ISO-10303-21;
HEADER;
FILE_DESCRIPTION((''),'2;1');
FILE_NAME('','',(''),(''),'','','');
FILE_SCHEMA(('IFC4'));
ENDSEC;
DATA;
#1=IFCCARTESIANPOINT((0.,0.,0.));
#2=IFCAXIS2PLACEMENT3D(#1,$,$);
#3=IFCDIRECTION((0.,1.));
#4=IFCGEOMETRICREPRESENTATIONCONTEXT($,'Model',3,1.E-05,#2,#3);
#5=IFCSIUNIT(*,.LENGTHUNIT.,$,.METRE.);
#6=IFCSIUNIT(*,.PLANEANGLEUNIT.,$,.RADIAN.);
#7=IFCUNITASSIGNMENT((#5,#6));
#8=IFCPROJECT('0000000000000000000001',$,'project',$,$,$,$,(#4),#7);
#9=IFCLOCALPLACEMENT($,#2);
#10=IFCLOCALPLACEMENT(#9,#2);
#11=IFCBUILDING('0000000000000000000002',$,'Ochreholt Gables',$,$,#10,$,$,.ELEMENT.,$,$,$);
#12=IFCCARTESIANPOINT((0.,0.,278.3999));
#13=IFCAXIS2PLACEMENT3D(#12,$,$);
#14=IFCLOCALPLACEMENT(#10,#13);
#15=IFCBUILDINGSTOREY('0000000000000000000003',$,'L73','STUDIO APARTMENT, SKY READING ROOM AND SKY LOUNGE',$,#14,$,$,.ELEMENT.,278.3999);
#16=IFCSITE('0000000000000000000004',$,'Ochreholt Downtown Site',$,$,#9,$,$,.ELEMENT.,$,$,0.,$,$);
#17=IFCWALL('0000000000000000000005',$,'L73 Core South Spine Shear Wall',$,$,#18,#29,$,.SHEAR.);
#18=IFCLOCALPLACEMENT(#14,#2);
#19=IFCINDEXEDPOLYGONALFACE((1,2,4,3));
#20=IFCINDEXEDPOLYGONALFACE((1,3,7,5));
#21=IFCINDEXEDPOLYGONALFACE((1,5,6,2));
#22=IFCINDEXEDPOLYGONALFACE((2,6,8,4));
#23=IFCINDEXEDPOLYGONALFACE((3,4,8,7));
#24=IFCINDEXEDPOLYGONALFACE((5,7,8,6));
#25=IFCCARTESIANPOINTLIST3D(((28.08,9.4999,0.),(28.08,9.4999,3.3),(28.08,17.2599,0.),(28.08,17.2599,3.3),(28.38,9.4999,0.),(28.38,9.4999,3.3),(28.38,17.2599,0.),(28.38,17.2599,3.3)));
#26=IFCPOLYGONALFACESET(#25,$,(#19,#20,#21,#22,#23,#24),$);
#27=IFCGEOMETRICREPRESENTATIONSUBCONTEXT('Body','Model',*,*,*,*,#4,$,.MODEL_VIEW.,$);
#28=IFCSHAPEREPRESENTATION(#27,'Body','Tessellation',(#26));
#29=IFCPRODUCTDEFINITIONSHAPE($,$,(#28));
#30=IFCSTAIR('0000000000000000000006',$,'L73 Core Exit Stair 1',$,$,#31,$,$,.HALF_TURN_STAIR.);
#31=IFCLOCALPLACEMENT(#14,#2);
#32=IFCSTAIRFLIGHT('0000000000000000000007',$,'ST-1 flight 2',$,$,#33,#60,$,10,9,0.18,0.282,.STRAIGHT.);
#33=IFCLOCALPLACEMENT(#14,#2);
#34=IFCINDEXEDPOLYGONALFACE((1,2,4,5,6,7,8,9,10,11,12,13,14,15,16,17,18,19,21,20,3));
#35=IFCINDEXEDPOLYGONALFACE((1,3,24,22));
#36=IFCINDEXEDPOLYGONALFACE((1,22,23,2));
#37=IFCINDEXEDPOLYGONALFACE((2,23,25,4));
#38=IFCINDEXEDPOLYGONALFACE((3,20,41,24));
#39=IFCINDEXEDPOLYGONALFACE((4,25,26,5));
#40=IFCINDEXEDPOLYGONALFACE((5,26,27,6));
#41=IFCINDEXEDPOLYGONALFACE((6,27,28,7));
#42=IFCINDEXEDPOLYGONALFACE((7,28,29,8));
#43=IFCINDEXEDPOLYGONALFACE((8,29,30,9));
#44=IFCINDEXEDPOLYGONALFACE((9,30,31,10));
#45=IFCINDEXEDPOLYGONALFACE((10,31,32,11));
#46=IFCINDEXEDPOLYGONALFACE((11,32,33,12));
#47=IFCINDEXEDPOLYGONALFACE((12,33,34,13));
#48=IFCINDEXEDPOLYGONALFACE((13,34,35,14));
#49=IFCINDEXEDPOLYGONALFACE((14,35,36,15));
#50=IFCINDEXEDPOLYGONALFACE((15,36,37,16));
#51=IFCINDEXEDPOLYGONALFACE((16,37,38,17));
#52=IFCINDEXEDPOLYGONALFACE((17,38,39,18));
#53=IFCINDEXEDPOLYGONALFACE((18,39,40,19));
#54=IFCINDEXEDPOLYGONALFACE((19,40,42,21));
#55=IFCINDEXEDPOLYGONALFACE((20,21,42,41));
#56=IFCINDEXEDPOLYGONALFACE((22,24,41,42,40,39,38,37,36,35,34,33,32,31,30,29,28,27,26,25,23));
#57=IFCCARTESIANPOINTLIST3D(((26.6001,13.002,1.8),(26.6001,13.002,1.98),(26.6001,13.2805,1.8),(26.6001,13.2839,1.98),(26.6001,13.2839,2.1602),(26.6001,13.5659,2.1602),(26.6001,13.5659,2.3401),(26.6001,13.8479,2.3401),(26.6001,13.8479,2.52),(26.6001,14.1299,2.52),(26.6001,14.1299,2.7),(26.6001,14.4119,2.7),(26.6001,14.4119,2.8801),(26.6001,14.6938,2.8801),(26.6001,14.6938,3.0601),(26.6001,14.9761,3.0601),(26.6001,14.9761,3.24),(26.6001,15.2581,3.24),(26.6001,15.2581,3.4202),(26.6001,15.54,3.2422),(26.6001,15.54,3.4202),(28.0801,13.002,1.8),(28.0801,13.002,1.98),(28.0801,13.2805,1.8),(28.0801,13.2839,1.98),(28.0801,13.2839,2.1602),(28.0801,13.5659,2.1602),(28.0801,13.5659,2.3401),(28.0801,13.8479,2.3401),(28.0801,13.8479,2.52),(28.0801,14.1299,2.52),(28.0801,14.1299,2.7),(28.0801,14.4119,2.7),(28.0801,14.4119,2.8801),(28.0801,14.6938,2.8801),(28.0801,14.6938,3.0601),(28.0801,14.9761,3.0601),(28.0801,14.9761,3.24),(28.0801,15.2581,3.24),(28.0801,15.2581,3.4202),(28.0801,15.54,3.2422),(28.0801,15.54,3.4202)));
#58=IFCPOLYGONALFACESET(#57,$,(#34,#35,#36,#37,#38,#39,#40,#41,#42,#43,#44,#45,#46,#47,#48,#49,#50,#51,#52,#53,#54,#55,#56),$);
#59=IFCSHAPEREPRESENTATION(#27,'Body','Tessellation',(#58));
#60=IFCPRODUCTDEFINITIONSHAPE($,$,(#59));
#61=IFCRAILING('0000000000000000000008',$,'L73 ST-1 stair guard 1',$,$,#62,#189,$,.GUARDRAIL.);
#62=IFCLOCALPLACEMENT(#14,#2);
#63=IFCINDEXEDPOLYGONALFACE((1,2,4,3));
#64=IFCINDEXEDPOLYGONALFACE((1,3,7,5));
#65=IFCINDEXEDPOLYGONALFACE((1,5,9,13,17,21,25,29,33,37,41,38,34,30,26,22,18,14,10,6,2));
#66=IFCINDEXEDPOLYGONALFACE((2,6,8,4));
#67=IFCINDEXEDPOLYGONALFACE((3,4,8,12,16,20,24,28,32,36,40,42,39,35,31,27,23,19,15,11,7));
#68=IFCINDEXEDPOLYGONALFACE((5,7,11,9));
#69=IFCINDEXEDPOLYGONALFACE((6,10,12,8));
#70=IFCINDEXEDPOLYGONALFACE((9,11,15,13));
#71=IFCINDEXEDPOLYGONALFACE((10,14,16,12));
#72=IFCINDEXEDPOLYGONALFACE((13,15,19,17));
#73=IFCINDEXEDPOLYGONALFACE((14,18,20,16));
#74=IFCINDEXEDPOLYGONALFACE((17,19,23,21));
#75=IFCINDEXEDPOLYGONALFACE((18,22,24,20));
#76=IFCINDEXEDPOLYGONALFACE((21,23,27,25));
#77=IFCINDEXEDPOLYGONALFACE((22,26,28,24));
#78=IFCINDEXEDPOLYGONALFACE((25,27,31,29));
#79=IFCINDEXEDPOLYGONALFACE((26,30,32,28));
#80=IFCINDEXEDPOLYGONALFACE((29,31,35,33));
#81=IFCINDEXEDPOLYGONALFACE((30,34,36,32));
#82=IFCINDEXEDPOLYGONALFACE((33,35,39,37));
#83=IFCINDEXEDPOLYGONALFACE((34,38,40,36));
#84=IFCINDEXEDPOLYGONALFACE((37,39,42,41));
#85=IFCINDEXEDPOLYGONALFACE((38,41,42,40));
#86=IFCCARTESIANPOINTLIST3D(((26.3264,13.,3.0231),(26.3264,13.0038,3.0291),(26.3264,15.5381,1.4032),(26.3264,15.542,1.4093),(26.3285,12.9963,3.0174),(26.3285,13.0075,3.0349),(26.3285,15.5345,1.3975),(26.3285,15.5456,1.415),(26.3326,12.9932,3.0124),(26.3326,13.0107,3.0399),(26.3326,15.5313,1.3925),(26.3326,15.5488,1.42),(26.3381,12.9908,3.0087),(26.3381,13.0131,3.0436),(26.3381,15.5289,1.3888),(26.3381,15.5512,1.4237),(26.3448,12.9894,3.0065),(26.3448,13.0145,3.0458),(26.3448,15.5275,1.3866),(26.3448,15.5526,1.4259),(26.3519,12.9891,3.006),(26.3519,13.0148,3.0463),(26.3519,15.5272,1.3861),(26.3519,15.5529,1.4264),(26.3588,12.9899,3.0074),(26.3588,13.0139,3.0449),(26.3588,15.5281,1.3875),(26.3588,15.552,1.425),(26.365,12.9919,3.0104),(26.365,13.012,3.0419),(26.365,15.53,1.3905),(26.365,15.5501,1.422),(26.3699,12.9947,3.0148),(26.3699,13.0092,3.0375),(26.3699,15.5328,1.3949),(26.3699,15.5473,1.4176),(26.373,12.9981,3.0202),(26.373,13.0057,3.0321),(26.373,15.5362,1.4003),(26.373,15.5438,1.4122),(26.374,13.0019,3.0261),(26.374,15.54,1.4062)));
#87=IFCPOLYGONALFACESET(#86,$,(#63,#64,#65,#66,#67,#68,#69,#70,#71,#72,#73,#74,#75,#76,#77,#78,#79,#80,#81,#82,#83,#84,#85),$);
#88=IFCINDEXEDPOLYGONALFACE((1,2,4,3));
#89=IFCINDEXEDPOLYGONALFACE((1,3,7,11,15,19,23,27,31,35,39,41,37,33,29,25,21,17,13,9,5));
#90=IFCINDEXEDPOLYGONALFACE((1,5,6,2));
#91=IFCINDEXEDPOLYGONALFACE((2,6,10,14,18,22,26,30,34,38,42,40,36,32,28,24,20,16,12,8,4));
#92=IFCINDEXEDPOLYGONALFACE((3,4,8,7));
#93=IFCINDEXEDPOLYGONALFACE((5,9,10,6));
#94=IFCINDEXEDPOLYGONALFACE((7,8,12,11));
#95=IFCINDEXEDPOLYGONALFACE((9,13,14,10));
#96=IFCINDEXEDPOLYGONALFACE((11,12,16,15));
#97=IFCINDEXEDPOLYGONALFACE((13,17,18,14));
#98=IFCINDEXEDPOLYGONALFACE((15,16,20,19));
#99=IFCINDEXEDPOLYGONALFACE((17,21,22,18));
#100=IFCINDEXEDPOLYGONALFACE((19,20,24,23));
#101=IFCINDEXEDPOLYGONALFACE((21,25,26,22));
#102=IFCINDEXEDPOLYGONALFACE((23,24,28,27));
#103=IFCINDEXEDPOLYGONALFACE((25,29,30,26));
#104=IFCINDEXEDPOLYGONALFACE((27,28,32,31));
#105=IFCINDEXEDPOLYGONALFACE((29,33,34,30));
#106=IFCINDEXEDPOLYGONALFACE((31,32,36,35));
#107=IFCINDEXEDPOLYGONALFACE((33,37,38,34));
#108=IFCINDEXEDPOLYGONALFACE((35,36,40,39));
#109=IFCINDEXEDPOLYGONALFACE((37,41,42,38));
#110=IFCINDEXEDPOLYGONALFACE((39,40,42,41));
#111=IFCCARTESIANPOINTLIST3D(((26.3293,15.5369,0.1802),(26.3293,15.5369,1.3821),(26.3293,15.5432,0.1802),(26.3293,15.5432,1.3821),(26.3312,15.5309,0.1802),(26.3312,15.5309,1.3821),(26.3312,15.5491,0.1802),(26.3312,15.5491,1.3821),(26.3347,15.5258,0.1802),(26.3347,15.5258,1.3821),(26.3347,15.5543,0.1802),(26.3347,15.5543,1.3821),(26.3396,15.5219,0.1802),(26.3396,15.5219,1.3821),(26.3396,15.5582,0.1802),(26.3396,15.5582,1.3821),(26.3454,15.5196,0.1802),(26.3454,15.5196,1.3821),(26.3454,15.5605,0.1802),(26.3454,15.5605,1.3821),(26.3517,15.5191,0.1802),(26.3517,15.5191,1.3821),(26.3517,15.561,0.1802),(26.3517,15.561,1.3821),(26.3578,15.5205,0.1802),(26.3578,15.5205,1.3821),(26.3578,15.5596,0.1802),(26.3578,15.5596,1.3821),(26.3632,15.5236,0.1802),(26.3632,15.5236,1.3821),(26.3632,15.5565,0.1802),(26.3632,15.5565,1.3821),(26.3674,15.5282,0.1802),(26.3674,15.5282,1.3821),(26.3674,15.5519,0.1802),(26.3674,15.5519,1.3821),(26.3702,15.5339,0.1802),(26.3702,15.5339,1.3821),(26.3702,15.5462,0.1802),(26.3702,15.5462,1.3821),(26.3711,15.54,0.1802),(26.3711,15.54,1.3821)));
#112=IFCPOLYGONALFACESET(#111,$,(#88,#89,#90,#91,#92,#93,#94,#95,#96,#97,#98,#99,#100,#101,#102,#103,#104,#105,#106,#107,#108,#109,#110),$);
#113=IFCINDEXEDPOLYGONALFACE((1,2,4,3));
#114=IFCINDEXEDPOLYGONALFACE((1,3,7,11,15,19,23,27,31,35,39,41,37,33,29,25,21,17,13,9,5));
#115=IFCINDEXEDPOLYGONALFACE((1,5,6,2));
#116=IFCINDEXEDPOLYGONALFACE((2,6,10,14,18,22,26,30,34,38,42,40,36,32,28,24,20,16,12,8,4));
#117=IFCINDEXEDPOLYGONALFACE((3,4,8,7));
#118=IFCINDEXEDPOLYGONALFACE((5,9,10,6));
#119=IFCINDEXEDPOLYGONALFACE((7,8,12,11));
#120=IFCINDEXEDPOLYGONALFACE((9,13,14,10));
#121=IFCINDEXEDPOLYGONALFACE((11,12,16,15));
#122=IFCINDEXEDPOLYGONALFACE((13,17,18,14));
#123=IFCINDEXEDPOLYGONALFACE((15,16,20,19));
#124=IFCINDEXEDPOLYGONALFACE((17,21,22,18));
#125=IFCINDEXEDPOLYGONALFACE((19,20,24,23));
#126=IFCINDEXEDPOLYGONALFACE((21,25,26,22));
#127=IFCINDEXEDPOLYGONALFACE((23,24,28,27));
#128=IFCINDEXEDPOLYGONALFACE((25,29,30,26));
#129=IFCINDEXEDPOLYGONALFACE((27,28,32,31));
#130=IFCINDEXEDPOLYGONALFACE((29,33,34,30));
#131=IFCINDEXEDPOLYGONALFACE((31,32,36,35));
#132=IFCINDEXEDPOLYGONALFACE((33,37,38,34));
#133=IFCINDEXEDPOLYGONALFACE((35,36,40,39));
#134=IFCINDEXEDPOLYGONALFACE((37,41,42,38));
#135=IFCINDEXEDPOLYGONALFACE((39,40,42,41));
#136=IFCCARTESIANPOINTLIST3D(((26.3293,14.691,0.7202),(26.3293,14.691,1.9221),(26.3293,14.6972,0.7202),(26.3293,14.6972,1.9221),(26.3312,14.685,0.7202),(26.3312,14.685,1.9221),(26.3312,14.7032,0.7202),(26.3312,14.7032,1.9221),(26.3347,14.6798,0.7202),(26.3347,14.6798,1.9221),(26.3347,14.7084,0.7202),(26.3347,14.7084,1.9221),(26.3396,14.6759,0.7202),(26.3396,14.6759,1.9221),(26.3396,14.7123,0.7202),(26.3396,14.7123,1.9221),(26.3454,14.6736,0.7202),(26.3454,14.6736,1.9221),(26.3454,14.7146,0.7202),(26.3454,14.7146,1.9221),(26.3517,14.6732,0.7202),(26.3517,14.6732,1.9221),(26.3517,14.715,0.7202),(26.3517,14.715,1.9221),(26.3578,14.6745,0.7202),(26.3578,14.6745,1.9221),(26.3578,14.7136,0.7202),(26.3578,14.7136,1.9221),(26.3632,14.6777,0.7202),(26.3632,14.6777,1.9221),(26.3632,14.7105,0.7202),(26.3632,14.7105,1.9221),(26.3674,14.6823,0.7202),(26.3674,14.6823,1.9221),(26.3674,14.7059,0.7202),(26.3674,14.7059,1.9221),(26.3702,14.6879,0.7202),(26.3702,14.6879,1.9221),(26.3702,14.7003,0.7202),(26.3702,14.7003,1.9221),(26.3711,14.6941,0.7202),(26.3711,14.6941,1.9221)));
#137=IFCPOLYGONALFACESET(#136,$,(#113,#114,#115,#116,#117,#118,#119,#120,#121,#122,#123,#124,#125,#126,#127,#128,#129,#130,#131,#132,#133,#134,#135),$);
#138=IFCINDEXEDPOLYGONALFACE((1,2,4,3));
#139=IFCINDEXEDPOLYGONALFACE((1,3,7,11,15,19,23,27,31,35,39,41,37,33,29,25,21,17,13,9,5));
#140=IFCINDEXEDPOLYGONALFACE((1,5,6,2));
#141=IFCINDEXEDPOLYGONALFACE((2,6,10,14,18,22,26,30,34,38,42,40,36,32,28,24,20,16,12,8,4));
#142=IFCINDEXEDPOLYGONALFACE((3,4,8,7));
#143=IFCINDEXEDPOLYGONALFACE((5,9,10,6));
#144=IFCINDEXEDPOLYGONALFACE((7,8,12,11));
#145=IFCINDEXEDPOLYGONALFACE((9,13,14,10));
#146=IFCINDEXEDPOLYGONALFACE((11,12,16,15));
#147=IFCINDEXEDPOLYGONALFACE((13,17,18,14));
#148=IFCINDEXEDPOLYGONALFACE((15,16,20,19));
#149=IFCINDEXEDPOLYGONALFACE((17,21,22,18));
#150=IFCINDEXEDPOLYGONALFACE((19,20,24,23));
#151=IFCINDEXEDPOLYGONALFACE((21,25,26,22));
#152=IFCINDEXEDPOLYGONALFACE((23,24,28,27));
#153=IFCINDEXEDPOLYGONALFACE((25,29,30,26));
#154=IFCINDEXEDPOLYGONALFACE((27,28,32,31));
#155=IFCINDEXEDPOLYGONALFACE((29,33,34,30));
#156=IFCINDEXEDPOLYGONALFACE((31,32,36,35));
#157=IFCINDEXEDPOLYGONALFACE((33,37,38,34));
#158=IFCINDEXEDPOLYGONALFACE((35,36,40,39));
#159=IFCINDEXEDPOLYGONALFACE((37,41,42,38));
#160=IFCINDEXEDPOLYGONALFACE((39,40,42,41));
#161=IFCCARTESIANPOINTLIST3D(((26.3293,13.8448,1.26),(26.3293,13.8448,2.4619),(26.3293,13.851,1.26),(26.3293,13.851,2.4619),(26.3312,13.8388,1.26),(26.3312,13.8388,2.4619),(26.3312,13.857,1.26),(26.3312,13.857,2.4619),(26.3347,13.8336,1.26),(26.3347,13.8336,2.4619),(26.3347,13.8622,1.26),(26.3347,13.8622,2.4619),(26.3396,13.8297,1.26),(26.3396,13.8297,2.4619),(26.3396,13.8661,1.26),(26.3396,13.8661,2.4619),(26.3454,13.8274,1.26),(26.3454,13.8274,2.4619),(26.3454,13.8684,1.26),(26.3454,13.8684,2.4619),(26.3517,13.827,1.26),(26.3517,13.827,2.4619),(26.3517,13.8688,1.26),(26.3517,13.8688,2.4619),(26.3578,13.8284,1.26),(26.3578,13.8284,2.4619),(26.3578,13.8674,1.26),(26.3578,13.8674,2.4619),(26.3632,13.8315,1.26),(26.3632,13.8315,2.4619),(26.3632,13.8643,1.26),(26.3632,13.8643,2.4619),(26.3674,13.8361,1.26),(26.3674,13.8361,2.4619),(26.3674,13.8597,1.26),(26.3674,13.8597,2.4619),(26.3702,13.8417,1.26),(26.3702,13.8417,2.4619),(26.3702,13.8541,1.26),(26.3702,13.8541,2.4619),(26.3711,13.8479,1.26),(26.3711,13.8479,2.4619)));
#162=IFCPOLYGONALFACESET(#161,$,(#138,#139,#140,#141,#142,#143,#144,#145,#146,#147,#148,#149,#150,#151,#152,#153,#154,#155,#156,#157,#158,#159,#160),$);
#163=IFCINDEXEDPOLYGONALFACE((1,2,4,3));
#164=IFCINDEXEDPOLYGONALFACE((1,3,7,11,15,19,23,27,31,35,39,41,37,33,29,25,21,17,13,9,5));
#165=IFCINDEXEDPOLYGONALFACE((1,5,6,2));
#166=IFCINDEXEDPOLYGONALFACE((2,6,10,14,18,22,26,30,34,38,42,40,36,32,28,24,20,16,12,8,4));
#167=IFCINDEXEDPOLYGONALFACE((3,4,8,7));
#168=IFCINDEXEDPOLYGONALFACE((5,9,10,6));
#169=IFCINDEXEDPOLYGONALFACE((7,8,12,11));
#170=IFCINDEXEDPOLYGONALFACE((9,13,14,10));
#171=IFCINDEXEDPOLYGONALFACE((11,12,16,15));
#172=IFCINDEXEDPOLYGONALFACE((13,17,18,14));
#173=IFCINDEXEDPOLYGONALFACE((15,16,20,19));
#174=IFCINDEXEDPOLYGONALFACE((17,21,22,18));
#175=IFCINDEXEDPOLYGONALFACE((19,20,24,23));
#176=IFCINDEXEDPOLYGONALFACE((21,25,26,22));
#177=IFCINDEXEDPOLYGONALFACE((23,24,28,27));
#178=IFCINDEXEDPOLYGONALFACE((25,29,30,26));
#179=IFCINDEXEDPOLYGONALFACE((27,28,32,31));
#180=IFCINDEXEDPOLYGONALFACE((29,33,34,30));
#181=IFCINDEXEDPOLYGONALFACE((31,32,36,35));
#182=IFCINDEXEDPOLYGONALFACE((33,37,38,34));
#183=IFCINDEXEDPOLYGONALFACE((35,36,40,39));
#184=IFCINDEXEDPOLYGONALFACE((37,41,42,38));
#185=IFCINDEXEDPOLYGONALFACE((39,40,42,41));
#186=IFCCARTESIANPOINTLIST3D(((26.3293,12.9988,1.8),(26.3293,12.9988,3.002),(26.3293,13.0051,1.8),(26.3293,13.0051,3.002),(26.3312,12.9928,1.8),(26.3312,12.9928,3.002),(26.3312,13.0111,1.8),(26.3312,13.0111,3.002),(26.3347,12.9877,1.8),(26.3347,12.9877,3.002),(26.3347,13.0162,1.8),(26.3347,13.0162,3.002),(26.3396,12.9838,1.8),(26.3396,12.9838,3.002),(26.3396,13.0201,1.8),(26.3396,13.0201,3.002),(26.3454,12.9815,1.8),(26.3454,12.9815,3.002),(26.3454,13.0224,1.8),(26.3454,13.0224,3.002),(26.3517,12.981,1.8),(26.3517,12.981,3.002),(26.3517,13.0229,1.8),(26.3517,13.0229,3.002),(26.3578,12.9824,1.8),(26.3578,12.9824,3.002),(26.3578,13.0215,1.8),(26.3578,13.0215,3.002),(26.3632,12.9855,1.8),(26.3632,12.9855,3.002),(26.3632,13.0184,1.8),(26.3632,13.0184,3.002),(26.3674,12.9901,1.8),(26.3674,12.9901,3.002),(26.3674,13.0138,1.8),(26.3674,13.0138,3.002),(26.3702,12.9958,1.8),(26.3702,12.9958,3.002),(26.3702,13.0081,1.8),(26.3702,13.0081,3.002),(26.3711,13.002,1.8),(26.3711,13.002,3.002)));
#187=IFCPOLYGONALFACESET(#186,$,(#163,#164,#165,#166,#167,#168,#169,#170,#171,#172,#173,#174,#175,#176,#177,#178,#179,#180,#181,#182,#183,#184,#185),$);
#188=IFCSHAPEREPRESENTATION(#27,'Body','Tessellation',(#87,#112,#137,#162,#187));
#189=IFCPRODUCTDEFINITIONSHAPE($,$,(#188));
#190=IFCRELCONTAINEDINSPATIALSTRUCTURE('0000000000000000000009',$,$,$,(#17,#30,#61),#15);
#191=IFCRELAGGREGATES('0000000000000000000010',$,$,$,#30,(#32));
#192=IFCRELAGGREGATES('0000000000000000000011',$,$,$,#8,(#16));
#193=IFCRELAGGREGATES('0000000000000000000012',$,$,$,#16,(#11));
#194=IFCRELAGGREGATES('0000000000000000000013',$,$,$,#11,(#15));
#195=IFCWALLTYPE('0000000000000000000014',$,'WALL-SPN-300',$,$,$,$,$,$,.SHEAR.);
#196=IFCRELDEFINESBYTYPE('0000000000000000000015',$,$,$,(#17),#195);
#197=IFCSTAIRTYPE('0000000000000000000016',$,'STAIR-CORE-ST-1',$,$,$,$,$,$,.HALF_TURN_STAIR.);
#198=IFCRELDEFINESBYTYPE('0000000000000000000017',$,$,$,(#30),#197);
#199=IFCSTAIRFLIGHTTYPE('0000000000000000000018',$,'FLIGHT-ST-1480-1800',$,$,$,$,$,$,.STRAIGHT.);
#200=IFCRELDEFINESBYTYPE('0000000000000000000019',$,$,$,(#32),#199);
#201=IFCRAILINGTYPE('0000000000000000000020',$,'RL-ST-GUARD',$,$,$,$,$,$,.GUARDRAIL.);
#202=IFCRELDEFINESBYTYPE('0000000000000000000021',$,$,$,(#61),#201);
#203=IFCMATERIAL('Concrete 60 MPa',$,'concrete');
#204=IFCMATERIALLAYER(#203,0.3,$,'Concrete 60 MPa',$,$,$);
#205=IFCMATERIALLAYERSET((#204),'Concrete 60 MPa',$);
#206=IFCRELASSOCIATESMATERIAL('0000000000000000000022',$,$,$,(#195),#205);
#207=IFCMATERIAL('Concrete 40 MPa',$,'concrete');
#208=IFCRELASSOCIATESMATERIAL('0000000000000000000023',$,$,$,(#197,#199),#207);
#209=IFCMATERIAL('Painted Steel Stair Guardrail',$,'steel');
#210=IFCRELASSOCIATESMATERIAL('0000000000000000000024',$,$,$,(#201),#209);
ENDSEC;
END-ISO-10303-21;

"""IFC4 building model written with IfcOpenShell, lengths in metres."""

from ifc_helpers import new_model, si_unit, direction, frame, frame_2d, origin, origin_2d, place, context, subcontext, project, spatial, polyline, rectangle, circle, outline, extrude, material, layer, layer_set, type_object, element, aggregate, save


model = new_model("IFC4")

# Units and contexts
model_context = context("Model", 3, precision=1e-05, world=origin(), true_north=direction((0.0, 1.0)))
body_context = subcontext(model_context, "Body", "Model", "MODEL_VIEW")
ifc_project = project(units=[si_unit("LENGTHUNIT", "METRE"), si_unit("PLANEANGLEUNIT", "RADIAN")], contexts=[model_context])

# Site, building, storey
site_placement = place(None, origin())
site = spatial("IfcSite", under=ifc_project, at=site_placement, Name="Ochreholt Downtown Site", CompositionType="ELEMENT", RefElevation=0.0)
building_placement = place(site_placement, origin())
building = spatial("IfcBuilding", under=site, at=building_placement, Name="Ochreholt Gables", CompositionType="ELEMENT")
storey_placement = place(building_placement, frame((0.0, 0.0, 278.3999)))
storey = spatial("IfcBuildingStorey", under=building, at=storey_placement, Name="L73", Description="STUDIO APARTMENT, SKY READING ROOM AND SKY LOUNGE", CompositionType="ELEMENT", Elevation=278.3999)

# Shared definitions
ifc_material_1 = material(Name="Concrete 40 MPa", Category="concrete")

# Wall
ifc_material_2 = material(Name="Concrete 60 MPa", Category="concrete")
ifc_layer_1 = layer(ifc_material_2, 0.3, Name="Concrete 60 MPa")
ifc_layer_set_1 = layer_set([ifc_layer_1], Name="Concrete 60 MPa")
wall_type_1 = type_object("IfcWallType", Name="WALL-SPN-300", PredefinedType="SHEAR", material=ifc_layer_set_1)
wall_1_placement = place(storey_placement, frame((28.23, 9.5, 0.0), z_axis=(0.0, 0.0, 1.0), x_axis=(0.0, 1.0, 0.0)))
element("IfcWall", 1, at=wall_1_placement, inside=storey, type_object=wall_type_1, Name="L73 Core South Spine Shear Wall", PredefinedType="SHEAR", context=body_context, shape_type="SweptSolid", body=[
    extrude(rectangle(XDim=7.76, YDim=0.3, at=frame_2d((3.8799, 0.0))), origin(), (0.0, 0.0, 1.0), 3.3),
])

# Stair, stair flight
stair_type = type_object("IfcStairType", Name="STAIR-CORE-ST-1", PredefinedType="HALF_TURN_STAIR", material=ifc_material_1)
stair_placement = place(storey_placement, origin())
stair = element("IfcStair", 2, at=stair_placement, inside=storey, type_object=stair_type, Name="L73 Core Exit Stair 1", PredefinedType="HALF_TURN_STAIR")
stair_flight_type = type_object("IfcStairFlightType", Name="FLIGHT-ST-1480-1800", PredefinedType="STRAIGHT", material=ifc_material_1)
stair_flight_placement = place(storey_placement, frame((27.3401, 13.002, 1.8), z_axis=(0.0, 0.0, 1.0), x_axis=(0.0, 1.0, 0.0)))
stair_flight = element("IfcStairFlight", 3, at=stair_flight_placement, type_object=stair_flight_type, Name="ST-1 flight 2", NumberOfRisers=10, NumberOfTreads=9, PredefinedType="STRAIGHT", RiserHeight=0.18, TreadLength=0.282, context=body_context, shape_type="SweptSolid", body=[
    extrude(outline(polyline([(0.0, 0.0), (0.0, 0.1799), (0.282, 0.1799), (0.282, 0.3601), (0.564, 0.3601), (0.564, 0.54), (0.8459, 0.54), (0.8459, 0.72), (1.1279, 0.72), (1.1279, 0.8999), (1.4099, 0.8999), (1.4099, 1.0801), (1.6919, 1.0801), (1.6919, 1.26), (1.9741, 1.26), (1.9741, 1.4399), (2.2561, 1.4399), (2.2561, 1.6201), (2.5381, 1.6201), (2.5381, 1.8), (2.5381, 1.4421), (0.2786, 0.0), (0.0, 0.0)])), frame((0.0, 0.74, 0.0), z_axis=(0.0, -1.0, 0.0), x_axis=(1.0, 0.0, 0.0)), (0.0, 0.0, 1.0), 1.48),
])
aggregate(stair, [stair_flight])

# Railing
ifc_material_3 = material(Name="Painted Steel Stair Guardrail", Category="steel")
railing_type_1 = type_object("IfcRailingType", Name="RL-ST-GUARD", PredefinedType="GUARDRAIL", material=ifc_material_3)
railing_1_placement = place(storey_placement, frame((26.3501, 15.54, 0.1802)))
element("IfcRailing", 4, at=railing_1_placement, inside=storey, type_object=railing_type_1, Name="L73 ST-1 stair guard 1", PredefinedType="GUARDRAIL", context=body_context, shape_type="SweptSolid", body=[
    extrude(circle(Radius=0.0239, at=origin_2d()), frame((0.0, 0.0, 1.2261), z_axis=(0.0, -0.84295, 0.537993), x_axis=(1.0, 0.0, 0.0)), (0.0, 0.0, 1.0), 3.011),
    extrude(circle(Radius=0.021, at=origin_2d()), origin(), (0.0, 0.0, 1.0), 1.2019),
    extrude(circle(Radius=0.021, at=origin_2d()), frame((0.0, -0.8459, 0.54)), (0.0, 0.0, 1.0), 1.2019),
    extrude(circle(Radius=0.021, at=origin_2d()), frame((0.0, -1.6921, 1.0798)), (0.0, 0.0, 1.0), 1.2019),
    extrude(circle(Radius=0.021, at=origin_2d()), frame((0.0, -2.5381, 1.6199)), (0.0, 0.0, 1.0), 1.2019),
])

save(model, "model.ifc")
